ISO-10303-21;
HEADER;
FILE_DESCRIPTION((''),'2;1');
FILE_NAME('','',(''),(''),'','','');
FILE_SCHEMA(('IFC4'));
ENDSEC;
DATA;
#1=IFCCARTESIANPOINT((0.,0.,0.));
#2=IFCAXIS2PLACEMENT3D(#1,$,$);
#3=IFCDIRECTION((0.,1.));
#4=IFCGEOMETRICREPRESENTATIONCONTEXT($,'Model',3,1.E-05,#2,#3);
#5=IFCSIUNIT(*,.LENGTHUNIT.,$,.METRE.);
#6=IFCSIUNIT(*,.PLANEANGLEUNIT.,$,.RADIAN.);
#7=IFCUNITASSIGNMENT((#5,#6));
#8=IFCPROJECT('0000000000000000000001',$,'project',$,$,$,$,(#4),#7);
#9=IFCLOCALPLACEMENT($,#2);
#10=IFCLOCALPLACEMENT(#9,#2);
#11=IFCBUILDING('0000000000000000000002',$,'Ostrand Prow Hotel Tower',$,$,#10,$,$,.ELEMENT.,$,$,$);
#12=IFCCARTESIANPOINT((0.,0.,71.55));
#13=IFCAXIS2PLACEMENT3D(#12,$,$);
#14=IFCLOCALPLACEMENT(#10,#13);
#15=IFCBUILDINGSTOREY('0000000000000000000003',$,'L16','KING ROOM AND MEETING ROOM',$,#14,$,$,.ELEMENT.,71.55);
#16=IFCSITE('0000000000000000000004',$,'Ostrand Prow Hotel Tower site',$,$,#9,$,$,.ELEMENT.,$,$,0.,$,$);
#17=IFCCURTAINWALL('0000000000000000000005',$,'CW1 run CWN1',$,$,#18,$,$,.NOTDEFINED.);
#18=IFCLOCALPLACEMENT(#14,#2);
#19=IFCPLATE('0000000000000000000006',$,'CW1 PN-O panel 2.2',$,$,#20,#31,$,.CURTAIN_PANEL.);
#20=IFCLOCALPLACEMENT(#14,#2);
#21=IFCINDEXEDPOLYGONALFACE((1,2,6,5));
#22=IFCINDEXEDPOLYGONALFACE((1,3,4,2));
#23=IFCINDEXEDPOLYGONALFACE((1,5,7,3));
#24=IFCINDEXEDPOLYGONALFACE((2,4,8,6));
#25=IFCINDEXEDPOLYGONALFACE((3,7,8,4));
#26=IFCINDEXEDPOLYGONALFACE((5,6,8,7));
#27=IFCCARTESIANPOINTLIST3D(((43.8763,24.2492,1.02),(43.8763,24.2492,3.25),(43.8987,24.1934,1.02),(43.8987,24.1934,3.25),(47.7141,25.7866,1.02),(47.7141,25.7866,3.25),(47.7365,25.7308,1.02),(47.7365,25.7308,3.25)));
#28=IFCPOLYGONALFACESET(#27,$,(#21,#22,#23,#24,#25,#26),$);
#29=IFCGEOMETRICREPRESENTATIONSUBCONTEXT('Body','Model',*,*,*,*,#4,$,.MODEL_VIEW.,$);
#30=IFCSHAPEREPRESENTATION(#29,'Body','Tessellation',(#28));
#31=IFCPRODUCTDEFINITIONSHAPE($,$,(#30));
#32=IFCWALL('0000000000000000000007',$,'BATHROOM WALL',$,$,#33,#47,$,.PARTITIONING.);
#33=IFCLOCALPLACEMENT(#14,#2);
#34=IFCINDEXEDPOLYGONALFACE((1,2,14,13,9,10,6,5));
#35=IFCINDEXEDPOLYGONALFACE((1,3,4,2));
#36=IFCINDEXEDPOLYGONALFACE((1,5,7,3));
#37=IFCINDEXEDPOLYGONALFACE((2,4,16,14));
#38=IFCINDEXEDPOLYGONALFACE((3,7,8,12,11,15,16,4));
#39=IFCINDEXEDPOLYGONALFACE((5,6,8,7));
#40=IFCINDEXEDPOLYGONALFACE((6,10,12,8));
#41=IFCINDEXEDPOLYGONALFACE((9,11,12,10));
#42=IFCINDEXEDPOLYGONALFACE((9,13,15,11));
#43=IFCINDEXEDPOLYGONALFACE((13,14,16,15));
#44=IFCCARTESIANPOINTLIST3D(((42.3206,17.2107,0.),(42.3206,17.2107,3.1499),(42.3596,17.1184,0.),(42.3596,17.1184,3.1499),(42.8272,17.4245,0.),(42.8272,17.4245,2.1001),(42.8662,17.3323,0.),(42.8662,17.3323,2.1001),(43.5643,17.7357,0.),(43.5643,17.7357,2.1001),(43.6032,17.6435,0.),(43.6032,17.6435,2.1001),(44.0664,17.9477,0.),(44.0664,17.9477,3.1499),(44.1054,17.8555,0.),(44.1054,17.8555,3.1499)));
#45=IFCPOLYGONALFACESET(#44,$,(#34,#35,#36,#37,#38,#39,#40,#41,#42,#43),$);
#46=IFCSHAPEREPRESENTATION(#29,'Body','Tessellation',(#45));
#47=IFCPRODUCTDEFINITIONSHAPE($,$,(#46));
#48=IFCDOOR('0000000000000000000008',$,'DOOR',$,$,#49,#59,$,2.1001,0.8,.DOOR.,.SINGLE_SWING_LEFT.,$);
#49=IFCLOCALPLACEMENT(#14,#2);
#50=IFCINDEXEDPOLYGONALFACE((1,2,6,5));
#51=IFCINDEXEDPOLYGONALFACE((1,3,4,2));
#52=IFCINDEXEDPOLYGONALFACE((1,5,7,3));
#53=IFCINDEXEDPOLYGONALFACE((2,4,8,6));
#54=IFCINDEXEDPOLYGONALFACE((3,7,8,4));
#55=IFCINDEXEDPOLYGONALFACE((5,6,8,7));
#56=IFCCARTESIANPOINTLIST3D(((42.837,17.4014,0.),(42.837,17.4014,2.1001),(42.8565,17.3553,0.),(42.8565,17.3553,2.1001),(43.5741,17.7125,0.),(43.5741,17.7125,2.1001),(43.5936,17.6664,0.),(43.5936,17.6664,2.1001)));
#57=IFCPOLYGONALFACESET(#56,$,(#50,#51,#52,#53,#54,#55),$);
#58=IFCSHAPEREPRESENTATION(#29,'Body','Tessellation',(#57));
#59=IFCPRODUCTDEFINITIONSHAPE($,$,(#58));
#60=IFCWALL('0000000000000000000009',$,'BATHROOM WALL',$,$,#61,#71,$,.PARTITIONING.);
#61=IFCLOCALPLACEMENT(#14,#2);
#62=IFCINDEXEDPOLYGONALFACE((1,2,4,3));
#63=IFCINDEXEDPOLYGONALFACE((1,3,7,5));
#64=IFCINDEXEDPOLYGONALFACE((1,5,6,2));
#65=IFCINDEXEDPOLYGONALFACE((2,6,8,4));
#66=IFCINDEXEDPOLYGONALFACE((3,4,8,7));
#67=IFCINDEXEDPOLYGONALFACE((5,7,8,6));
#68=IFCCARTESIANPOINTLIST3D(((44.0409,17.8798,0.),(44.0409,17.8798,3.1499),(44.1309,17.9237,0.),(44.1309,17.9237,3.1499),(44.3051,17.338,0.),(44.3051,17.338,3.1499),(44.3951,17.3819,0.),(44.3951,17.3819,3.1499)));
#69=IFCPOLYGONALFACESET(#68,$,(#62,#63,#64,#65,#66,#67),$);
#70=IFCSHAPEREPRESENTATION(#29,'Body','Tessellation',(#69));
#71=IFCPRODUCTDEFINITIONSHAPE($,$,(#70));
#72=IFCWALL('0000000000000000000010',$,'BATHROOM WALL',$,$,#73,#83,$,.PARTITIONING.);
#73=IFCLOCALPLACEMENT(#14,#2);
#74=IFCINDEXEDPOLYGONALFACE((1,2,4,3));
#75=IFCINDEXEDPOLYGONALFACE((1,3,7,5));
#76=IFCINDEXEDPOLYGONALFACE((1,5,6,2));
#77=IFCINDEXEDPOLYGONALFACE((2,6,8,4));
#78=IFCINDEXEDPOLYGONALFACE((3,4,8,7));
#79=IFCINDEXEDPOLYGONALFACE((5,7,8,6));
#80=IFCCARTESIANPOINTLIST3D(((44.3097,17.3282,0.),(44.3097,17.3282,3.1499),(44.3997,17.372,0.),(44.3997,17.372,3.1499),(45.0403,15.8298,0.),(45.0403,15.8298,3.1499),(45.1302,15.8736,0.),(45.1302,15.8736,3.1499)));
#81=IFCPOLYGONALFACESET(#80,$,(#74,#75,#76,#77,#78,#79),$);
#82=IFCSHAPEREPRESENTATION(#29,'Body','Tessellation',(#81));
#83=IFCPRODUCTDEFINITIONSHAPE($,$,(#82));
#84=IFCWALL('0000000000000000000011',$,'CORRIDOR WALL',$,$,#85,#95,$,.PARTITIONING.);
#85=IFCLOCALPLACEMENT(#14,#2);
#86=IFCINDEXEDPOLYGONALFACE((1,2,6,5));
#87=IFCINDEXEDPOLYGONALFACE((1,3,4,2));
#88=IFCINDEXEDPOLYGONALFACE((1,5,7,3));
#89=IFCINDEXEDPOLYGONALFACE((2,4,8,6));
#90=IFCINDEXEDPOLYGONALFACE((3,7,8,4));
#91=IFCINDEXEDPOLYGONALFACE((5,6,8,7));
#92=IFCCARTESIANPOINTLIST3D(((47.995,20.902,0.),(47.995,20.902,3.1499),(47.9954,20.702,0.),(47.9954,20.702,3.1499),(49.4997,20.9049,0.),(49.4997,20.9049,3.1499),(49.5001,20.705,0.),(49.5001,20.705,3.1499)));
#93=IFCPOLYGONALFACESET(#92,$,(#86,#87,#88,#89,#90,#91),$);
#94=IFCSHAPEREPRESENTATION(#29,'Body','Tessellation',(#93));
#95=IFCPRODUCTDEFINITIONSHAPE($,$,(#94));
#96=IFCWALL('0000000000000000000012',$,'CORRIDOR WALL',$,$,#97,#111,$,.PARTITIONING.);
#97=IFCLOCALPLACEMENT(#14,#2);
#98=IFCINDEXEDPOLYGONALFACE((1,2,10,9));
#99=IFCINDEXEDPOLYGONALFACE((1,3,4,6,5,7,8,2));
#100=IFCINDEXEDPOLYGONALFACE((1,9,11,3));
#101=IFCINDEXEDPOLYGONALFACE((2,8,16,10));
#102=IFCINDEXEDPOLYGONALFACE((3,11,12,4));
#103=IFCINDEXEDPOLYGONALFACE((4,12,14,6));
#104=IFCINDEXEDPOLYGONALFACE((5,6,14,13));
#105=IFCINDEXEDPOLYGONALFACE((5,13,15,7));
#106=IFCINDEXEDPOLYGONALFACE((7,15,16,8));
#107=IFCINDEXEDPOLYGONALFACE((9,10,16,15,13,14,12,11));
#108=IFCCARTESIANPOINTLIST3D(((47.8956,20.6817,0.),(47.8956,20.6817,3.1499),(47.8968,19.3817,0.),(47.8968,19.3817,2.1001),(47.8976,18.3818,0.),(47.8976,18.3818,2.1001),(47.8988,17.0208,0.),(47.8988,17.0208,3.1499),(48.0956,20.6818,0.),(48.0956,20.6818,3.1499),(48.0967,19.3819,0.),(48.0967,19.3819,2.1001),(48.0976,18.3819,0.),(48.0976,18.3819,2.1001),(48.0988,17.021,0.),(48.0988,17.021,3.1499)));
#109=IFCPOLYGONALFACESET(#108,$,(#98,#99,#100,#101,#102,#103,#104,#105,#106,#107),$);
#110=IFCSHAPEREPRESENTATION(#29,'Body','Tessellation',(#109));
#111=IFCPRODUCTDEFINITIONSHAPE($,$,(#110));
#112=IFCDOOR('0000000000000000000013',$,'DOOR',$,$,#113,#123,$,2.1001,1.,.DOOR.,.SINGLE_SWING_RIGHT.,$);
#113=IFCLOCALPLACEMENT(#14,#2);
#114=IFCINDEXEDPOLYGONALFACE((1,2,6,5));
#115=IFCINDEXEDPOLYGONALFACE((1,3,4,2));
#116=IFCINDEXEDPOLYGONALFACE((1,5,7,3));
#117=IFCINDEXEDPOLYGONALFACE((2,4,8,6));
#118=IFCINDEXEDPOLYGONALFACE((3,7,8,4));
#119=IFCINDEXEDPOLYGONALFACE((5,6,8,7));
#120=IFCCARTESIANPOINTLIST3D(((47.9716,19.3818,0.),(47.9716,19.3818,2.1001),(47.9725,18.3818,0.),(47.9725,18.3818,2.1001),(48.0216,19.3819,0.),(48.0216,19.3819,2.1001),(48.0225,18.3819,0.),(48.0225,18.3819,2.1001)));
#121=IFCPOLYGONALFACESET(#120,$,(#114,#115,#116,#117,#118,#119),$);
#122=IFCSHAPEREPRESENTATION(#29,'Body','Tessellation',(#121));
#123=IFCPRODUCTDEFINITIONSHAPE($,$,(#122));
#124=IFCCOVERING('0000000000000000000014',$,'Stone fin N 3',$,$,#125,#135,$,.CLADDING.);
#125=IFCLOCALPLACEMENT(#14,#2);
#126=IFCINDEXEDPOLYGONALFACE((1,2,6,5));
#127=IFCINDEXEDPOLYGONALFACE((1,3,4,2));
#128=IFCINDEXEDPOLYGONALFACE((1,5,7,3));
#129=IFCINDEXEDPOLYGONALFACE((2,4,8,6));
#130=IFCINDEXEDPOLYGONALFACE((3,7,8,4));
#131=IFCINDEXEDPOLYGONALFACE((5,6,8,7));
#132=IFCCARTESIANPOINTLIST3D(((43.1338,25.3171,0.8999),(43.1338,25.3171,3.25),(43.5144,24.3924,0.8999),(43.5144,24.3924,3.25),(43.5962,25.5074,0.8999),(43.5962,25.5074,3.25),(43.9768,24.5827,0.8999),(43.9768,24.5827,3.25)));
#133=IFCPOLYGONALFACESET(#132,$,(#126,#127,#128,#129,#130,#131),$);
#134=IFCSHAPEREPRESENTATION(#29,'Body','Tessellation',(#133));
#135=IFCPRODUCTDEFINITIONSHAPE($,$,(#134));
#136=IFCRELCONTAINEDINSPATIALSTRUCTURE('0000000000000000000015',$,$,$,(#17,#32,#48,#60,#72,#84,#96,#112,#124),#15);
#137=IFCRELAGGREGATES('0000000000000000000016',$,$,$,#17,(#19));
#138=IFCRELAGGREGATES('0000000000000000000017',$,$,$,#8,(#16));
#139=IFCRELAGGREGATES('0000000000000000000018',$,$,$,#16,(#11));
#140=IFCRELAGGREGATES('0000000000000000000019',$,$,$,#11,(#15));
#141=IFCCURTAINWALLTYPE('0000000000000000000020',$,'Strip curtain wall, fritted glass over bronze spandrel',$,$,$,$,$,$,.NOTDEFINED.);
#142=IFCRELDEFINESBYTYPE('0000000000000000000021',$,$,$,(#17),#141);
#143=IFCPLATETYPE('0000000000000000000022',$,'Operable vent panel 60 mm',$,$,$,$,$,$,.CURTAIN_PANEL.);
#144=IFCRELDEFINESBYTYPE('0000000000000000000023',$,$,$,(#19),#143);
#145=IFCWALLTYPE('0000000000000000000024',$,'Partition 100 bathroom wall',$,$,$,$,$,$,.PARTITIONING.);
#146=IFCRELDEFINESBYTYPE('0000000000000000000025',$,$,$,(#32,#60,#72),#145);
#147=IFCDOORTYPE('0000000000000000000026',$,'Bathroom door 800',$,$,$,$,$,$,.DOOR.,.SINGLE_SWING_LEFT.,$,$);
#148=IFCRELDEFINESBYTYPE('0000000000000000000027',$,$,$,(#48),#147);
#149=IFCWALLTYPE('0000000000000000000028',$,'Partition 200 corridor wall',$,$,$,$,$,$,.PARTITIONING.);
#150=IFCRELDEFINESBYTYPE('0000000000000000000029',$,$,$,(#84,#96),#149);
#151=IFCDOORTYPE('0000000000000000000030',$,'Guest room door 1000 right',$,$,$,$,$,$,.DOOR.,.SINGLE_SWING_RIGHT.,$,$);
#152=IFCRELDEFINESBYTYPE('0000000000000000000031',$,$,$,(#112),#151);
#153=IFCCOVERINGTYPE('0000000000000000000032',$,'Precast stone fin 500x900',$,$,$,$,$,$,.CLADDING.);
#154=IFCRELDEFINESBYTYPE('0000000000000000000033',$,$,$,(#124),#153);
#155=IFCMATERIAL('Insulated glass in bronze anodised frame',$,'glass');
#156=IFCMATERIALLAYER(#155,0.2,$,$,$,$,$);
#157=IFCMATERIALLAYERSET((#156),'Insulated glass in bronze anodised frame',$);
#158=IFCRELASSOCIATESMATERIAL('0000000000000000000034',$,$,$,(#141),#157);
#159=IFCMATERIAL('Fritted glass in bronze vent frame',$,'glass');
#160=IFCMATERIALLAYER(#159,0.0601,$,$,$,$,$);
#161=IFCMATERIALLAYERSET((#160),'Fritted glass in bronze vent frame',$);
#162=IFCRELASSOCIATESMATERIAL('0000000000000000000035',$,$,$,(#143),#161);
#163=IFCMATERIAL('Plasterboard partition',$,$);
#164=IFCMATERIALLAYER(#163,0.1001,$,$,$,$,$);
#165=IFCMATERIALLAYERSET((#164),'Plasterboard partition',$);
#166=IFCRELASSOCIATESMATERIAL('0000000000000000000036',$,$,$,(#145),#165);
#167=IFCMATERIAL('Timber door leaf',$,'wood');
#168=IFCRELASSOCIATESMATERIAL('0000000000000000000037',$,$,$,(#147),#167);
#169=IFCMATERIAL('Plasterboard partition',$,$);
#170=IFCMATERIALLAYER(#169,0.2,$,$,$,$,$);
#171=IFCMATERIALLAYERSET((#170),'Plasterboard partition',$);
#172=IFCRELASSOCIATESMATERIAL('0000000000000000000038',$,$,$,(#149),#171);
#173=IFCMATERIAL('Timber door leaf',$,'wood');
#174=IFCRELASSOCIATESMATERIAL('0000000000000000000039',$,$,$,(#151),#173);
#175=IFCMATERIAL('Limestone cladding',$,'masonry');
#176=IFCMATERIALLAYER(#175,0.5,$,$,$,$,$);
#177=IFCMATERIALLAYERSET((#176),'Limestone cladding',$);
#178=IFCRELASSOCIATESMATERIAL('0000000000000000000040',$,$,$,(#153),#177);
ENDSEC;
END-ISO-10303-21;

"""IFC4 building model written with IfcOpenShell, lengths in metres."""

from ifc_helpers import new_model, si_unit, direction, frame, frame_2d, origin, origin_2d, place, context, subcontext, project, spatial, rectangle, extrude, material, layer, layer_set, type_object, element, fill, aggregate, save


model = new_model("IFC4")

# Units and contexts
model_context = context("Model", 3, precision=1e-05, world=origin(), true_north=direction((0.0, 1.0)))
body_context = subcontext(model_context, "Body", "Model", "MODEL_VIEW")
ifc_project = project(units=[si_unit("LENGTHUNIT", "METRE"), si_unit("PLANEANGLEUNIT", "RADIAN")], contexts=[model_context])

# Site, building, storey
site_placement = place(None, origin())
site = spatial("IfcSite", under=ifc_project, at=site_placement, Name="Ostrand Prow Hotel Tower site", CompositionType="ELEMENT", RefElevation=0.0)
building_placement = place(site_placement, origin())
building = spatial("IfcBuilding", under=site, at=building_placement, Name="Ostrand Prow Hotel Tower", CompositionType="ELEMENT")
storey_placement = place(building_placement, frame((0.0, 0.0, 71.55)))
storey = spatial("IfcBuildingStorey", under=building, at=storey_placement, Name="L16", Description="KING ROOM AND MEETING ROOM", CompositionType="ELEMENT", Elevation=71.55)

# Curtain wall
ifc_material_1 = material(Name="Insulated glass in bronze anodised frame", Category="glass")
ifc_layer_1 = layer(ifc_material_1, 0.2)
ifc_layer_set_1 = layer_set([ifc_layer_1], Name="Insulated glass in bronze anodised frame")
curtain_wall_type = type_object("IfcCurtainWallType", Name="Strip curtain wall, fritted glass over bronze spandrel", PredefinedType="NOTDEFINED", material=ifc_layer_set_1)
curtain_wall_1_placement = place(storey_placement, origin())
curtain_wall_1 = element("IfcCurtainWall", 1, at=curtain_wall_1_placement, inside=storey, type_object=curtain_wall_type, Name="CW1 run CWN1", PredefinedType="NOTDEFINED")

# Plate
ifc_material_2 = material(Name="Fritted glass in bronze vent frame", Category="glass")
ifc_layer_2 = layer(ifc_material_2, 0.0601)
ifc_layer_set_2 = layer_set([ifc_layer_2], Name="Fritted glass in bronze vent frame")
plate_type_1 = type_object("IfcPlateType", Name="Operable vent panel 60 mm", PredefinedType="CURTAIN_PANEL", material=ifc_layer_set_2)
plate_1_placement = place(storey_placement, frame((45.8064, 24.99, 1.02), z_axis=(0.0, 0.0, 1.0), x_axis=(-0.928283, -0.371873, 0.0)))
plate_1 = element("IfcPlate", 2, at=plate_1_placement, type_object=plate_type_1, Name="CW1 PN-O panel 2.2", PredefinedType="CURTAIN_PANEL", context=body_context, shape_type="SweptSolid", body=[
    extrude(rectangle(XDim=4.1343, YDim=0.0601, at=origin_2d()), origin(), (0.0, 0.0, 1.0), 2.23),
])
aggregate(curtain_wall_1, [plate_1])

# Wall, opening, door
ifc_material_3 = material(Name="Plasterboard partition")
ifc_layer_3 = layer(ifc_material_3, 0.1001)
ifc_layer_set_3 = layer_set([ifc_layer_3], Name="Plasterboard partition")
wall_type_1 = type_object("IfcWallType", Name="Partition 100 bathroom wall", PredefinedType="PARTITIONING", material=ifc_layer_set_3)
wall_1_placement = place(storey_placement, frame((42.3401, 17.1646, 0.0), z_axis=(0.0, 0.0, 1.0), x_axis=(0.921264, 0.388938, 0.0)))
wall_1 = element("IfcWall", 3, at=wall_1_placement, inside=storey, type_object=wall_type_1, Name="BATHROOM WALL", PredefinedType="PARTITIONING", context=body_context, shape_type="SweptSolid", body=[
    extrude(rectangle(XDim=1.895, YDim=0.1001, at=frame_2d((0.9475, 0.0))), origin(), (0.0, 0.0, 1.0), 3.1499),
])
opening_1_placement = place(wall_1_placement, frame((0.55, 0.0, 0.0)))
opening_1 = element("IfcOpeningElement", 4, at=opening_1_placement, cuts=wall_1, PredefinedType="OPENING", context=body_context, shape_type="SweptSolid", body=[
    extrude(rectangle(XDim=0.8, YDim=2.1001, at=frame_2d((0.3999, 1.05))), frame((0.0, 0.0601, 0.0), z_axis=(0.0, -1.0, 0.0), x_axis=(1.0, 0.0, 0.0)), (0.0, 0.0, 1.0), 0.1201),
])
ifc_material_4 = material(Name="Timber door leaf", Category="wood")
door_type_1 = type_object("IfcDoorType", Name="Bathroom door 800", OperationType="SINGLE_SWING_LEFT", PredefinedType="DOOR", material=ifc_material_4)
door_1_placement = place(opening_1_placement, origin())
door_1 = element("IfcDoor", 5, at=door_1_placement, inside=storey, type_object=door_type_1, Name="DOOR", OperationType="SINGLE_SWING_LEFT", OverallHeight=2.1001, OverallWidth=0.8, PredefinedType="DOOR", context=body_context, shape_type="SweptSolid", body=[
    extrude(rectangle(XDim=0.8, YDim=2.1001, at=frame_2d((0.3999, 1.05))), frame((0.0, 0.0249, 0.0), z_axis=(0.0, -1.0, 0.0), x_axis=(1.0, 0.0, 0.0)), (0.0, 0.0, 1.0), 0.05),
])
fill(opening_1, door_1)

# Walls
wall_2_placement = place(storey_placement, frame((44.0859, 17.9016, 0.0), z_axis=(0.0, 0.0, 1.0), x_axis=(0.43828, -0.898839, 0.0)))
element("IfcWall", 6, at=wall_2_placement, inside=storey, type_object=wall_type_1, Name="BATHROOM WALL", PredefinedType="PARTITIONING", context=body_context, shape_type="SweptSolid", body=[
    extrude(rectangle(XDim=0.6028, YDim=0.1001, at=frame_2d((0.3013, 0.0))), origin(), (0.0, 0.0, 1.0), 3.1499),
])
wall_3_placement = place(storey_placement, frame((44.3547, 17.3501, 0.0), z_axis=(0.0, 0.0, 1.0), x_axis=(0.438227, -0.898864, 0.0)))
element("IfcWall", 7, at=wall_3_placement, inside=storey, type_object=wall_type_1, Name="BATHROOM WALL", PredefinedType="PARTITIONING", context=body_context, shape_type="SweptSolid", body=[
    extrude(rectangle(XDim=1.667, YDim=0.1001, at=frame_2d((0.8335, 0.0))), origin(), (0.0, 0.0, 1.0), 3.1499),
])
ifc_material_5 = material(Name="Plasterboard partition")
ifc_layer_4 = layer(ifc_material_5, 0.2)
ifc_layer_set_4 = layer_set([ifc_layer_4], Name="Plasterboard partition")
wall_type_2 = type_object("IfcWallType", Name="Partition 200 corridor wall", PredefinedType="PARTITIONING", material=ifc_layer_set_4)
wall_4_placement = place(storey_placement, frame((49.5, 20.8049, 0.0), z_axis=(0.0, 0.0, 1.0), x_axis=(-0.999998, -0.001947, 0.0)))
element("IfcWall", 8, at=wall_4_placement, inside=storey, type_object=wall_type_2, Name="CORRIDOR WALL", PredefinedType="PARTITIONING", context=body_context, shape_type="SweptSolid", body=[
    extrude(rectangle(XDim=1.5046, YDim=0.2, at=frame_2d((0.7524, 0.0))), origin(), (0.0, 0.0, 1.0), 3.1499),
])

# Wall, opening, door
wall_5_placement = place(storey_placement, frame((47.9956, 20.6819, 0.0), z_axis=(0.0, 0.0, 1.0), x_axis=(0.000867, -1.0, 0.0)))
wall_5 = element("IfcWall", 9, at=wall_5_placement, inside=storey, type_object=wall_type_2, Name="CORRIDOR WALL", PredefinedType="PARTITIONING", context=body_context, shape_type="SweptSolid", body=[
    extrude(rectangle(XDim=3.6609, YDim=0.2, at=frame_2d((1.8306, 0.0))), origin(), (0.0, 0.0, 1.0), 3.1499),
])
opening_2_placement = place(wall_5_placement, frame((1.3, 0.0, 0.0)))
opening_2 = element("IfcOpeningElement", 10, at=opening_2_placement, cuts=wall_5, PredefinedType="OPENING", context=body_context, shape_type="SweptSolid", body=[
    extrude(rectangle(XDim=1.0, YDim=2.1001, at=frame_2d((0.5, 1.05))), frame((0.0, 0.1099, 0.0), z_axis=(0.0, -1.0, 0.0), x_axis=(1.0, 0.0, 0.0)), (0.0, 0.0, 1.0), 0.22),
])
ifc_material_6 = material(Name="Timber door leaf", Category="wood")
door_type_2 = type_object("IfcDoorType", Name="Guest room door 1000 right", OperationType="SINGLE_SWING_RIGHT", PredefinedType="DOOR", material=ifc_material_6)
door_2_placement = place(opening_2_placement, origin())
door_2 = element("IfcDoor", 11, at=door_2_placement, inside=storey, type_object=door_type_2, Name="DOOR", OperationType="SINGLE_SWING_RIGHT", OverallHeight=2.1001, OverallWidth=1.0, PredefinedType="DOOR", context=body_context, shape_type="SweptSolid", body=[
    extrude(rectangle(XDim=1.0, YDim=2.1001, at=frame_2d((0.5, 1.05))), frame((0.0, 0.0249, 0.0), z_axis=(0.0, -1.0, 0.0), x_axis=(1.0, 0.0, 0.0)), (0.0, 0.0, 1.0), 0.05),
])
fill(opening_2, door_2)

# Covering
ifc_material_7 = material(Name="Limestone cladding", Category="masonry")
ifc_layer_5 = layer(ifc_material_7, 0.5)
ifc_layer_set_5 = layer_set([ifc_layer_5], Name="Limestone cladding")
covering_type = type_object("IfcCoveringType", Name="Precast stone fin 500x900", PredefinedType="CLADDING", material=ifc_layer_set_5)
covering_placement = place(storey_placement, frame((43.7456, 24.4875, 0.8999), z_axis=(0.0, 0.0, 1.0), x_axis=(-0.38059, 0.924744, 0.0)))
element("IfcCovering", 12, at=covering_placement, inside=storey, type_object=covering_type, Name="Stone fin N 3", PredefinedType="CLADDING", context=body_context, shape_type="SweptSolid", body=[
    extrude(rectangle(XDim=1.0, YDim=0.5, at=frame_2d((0.5, 0.0))), origin(), (0.0, 0.0, 1.0), 2.3501),
])

save(model, "model.ifc")
